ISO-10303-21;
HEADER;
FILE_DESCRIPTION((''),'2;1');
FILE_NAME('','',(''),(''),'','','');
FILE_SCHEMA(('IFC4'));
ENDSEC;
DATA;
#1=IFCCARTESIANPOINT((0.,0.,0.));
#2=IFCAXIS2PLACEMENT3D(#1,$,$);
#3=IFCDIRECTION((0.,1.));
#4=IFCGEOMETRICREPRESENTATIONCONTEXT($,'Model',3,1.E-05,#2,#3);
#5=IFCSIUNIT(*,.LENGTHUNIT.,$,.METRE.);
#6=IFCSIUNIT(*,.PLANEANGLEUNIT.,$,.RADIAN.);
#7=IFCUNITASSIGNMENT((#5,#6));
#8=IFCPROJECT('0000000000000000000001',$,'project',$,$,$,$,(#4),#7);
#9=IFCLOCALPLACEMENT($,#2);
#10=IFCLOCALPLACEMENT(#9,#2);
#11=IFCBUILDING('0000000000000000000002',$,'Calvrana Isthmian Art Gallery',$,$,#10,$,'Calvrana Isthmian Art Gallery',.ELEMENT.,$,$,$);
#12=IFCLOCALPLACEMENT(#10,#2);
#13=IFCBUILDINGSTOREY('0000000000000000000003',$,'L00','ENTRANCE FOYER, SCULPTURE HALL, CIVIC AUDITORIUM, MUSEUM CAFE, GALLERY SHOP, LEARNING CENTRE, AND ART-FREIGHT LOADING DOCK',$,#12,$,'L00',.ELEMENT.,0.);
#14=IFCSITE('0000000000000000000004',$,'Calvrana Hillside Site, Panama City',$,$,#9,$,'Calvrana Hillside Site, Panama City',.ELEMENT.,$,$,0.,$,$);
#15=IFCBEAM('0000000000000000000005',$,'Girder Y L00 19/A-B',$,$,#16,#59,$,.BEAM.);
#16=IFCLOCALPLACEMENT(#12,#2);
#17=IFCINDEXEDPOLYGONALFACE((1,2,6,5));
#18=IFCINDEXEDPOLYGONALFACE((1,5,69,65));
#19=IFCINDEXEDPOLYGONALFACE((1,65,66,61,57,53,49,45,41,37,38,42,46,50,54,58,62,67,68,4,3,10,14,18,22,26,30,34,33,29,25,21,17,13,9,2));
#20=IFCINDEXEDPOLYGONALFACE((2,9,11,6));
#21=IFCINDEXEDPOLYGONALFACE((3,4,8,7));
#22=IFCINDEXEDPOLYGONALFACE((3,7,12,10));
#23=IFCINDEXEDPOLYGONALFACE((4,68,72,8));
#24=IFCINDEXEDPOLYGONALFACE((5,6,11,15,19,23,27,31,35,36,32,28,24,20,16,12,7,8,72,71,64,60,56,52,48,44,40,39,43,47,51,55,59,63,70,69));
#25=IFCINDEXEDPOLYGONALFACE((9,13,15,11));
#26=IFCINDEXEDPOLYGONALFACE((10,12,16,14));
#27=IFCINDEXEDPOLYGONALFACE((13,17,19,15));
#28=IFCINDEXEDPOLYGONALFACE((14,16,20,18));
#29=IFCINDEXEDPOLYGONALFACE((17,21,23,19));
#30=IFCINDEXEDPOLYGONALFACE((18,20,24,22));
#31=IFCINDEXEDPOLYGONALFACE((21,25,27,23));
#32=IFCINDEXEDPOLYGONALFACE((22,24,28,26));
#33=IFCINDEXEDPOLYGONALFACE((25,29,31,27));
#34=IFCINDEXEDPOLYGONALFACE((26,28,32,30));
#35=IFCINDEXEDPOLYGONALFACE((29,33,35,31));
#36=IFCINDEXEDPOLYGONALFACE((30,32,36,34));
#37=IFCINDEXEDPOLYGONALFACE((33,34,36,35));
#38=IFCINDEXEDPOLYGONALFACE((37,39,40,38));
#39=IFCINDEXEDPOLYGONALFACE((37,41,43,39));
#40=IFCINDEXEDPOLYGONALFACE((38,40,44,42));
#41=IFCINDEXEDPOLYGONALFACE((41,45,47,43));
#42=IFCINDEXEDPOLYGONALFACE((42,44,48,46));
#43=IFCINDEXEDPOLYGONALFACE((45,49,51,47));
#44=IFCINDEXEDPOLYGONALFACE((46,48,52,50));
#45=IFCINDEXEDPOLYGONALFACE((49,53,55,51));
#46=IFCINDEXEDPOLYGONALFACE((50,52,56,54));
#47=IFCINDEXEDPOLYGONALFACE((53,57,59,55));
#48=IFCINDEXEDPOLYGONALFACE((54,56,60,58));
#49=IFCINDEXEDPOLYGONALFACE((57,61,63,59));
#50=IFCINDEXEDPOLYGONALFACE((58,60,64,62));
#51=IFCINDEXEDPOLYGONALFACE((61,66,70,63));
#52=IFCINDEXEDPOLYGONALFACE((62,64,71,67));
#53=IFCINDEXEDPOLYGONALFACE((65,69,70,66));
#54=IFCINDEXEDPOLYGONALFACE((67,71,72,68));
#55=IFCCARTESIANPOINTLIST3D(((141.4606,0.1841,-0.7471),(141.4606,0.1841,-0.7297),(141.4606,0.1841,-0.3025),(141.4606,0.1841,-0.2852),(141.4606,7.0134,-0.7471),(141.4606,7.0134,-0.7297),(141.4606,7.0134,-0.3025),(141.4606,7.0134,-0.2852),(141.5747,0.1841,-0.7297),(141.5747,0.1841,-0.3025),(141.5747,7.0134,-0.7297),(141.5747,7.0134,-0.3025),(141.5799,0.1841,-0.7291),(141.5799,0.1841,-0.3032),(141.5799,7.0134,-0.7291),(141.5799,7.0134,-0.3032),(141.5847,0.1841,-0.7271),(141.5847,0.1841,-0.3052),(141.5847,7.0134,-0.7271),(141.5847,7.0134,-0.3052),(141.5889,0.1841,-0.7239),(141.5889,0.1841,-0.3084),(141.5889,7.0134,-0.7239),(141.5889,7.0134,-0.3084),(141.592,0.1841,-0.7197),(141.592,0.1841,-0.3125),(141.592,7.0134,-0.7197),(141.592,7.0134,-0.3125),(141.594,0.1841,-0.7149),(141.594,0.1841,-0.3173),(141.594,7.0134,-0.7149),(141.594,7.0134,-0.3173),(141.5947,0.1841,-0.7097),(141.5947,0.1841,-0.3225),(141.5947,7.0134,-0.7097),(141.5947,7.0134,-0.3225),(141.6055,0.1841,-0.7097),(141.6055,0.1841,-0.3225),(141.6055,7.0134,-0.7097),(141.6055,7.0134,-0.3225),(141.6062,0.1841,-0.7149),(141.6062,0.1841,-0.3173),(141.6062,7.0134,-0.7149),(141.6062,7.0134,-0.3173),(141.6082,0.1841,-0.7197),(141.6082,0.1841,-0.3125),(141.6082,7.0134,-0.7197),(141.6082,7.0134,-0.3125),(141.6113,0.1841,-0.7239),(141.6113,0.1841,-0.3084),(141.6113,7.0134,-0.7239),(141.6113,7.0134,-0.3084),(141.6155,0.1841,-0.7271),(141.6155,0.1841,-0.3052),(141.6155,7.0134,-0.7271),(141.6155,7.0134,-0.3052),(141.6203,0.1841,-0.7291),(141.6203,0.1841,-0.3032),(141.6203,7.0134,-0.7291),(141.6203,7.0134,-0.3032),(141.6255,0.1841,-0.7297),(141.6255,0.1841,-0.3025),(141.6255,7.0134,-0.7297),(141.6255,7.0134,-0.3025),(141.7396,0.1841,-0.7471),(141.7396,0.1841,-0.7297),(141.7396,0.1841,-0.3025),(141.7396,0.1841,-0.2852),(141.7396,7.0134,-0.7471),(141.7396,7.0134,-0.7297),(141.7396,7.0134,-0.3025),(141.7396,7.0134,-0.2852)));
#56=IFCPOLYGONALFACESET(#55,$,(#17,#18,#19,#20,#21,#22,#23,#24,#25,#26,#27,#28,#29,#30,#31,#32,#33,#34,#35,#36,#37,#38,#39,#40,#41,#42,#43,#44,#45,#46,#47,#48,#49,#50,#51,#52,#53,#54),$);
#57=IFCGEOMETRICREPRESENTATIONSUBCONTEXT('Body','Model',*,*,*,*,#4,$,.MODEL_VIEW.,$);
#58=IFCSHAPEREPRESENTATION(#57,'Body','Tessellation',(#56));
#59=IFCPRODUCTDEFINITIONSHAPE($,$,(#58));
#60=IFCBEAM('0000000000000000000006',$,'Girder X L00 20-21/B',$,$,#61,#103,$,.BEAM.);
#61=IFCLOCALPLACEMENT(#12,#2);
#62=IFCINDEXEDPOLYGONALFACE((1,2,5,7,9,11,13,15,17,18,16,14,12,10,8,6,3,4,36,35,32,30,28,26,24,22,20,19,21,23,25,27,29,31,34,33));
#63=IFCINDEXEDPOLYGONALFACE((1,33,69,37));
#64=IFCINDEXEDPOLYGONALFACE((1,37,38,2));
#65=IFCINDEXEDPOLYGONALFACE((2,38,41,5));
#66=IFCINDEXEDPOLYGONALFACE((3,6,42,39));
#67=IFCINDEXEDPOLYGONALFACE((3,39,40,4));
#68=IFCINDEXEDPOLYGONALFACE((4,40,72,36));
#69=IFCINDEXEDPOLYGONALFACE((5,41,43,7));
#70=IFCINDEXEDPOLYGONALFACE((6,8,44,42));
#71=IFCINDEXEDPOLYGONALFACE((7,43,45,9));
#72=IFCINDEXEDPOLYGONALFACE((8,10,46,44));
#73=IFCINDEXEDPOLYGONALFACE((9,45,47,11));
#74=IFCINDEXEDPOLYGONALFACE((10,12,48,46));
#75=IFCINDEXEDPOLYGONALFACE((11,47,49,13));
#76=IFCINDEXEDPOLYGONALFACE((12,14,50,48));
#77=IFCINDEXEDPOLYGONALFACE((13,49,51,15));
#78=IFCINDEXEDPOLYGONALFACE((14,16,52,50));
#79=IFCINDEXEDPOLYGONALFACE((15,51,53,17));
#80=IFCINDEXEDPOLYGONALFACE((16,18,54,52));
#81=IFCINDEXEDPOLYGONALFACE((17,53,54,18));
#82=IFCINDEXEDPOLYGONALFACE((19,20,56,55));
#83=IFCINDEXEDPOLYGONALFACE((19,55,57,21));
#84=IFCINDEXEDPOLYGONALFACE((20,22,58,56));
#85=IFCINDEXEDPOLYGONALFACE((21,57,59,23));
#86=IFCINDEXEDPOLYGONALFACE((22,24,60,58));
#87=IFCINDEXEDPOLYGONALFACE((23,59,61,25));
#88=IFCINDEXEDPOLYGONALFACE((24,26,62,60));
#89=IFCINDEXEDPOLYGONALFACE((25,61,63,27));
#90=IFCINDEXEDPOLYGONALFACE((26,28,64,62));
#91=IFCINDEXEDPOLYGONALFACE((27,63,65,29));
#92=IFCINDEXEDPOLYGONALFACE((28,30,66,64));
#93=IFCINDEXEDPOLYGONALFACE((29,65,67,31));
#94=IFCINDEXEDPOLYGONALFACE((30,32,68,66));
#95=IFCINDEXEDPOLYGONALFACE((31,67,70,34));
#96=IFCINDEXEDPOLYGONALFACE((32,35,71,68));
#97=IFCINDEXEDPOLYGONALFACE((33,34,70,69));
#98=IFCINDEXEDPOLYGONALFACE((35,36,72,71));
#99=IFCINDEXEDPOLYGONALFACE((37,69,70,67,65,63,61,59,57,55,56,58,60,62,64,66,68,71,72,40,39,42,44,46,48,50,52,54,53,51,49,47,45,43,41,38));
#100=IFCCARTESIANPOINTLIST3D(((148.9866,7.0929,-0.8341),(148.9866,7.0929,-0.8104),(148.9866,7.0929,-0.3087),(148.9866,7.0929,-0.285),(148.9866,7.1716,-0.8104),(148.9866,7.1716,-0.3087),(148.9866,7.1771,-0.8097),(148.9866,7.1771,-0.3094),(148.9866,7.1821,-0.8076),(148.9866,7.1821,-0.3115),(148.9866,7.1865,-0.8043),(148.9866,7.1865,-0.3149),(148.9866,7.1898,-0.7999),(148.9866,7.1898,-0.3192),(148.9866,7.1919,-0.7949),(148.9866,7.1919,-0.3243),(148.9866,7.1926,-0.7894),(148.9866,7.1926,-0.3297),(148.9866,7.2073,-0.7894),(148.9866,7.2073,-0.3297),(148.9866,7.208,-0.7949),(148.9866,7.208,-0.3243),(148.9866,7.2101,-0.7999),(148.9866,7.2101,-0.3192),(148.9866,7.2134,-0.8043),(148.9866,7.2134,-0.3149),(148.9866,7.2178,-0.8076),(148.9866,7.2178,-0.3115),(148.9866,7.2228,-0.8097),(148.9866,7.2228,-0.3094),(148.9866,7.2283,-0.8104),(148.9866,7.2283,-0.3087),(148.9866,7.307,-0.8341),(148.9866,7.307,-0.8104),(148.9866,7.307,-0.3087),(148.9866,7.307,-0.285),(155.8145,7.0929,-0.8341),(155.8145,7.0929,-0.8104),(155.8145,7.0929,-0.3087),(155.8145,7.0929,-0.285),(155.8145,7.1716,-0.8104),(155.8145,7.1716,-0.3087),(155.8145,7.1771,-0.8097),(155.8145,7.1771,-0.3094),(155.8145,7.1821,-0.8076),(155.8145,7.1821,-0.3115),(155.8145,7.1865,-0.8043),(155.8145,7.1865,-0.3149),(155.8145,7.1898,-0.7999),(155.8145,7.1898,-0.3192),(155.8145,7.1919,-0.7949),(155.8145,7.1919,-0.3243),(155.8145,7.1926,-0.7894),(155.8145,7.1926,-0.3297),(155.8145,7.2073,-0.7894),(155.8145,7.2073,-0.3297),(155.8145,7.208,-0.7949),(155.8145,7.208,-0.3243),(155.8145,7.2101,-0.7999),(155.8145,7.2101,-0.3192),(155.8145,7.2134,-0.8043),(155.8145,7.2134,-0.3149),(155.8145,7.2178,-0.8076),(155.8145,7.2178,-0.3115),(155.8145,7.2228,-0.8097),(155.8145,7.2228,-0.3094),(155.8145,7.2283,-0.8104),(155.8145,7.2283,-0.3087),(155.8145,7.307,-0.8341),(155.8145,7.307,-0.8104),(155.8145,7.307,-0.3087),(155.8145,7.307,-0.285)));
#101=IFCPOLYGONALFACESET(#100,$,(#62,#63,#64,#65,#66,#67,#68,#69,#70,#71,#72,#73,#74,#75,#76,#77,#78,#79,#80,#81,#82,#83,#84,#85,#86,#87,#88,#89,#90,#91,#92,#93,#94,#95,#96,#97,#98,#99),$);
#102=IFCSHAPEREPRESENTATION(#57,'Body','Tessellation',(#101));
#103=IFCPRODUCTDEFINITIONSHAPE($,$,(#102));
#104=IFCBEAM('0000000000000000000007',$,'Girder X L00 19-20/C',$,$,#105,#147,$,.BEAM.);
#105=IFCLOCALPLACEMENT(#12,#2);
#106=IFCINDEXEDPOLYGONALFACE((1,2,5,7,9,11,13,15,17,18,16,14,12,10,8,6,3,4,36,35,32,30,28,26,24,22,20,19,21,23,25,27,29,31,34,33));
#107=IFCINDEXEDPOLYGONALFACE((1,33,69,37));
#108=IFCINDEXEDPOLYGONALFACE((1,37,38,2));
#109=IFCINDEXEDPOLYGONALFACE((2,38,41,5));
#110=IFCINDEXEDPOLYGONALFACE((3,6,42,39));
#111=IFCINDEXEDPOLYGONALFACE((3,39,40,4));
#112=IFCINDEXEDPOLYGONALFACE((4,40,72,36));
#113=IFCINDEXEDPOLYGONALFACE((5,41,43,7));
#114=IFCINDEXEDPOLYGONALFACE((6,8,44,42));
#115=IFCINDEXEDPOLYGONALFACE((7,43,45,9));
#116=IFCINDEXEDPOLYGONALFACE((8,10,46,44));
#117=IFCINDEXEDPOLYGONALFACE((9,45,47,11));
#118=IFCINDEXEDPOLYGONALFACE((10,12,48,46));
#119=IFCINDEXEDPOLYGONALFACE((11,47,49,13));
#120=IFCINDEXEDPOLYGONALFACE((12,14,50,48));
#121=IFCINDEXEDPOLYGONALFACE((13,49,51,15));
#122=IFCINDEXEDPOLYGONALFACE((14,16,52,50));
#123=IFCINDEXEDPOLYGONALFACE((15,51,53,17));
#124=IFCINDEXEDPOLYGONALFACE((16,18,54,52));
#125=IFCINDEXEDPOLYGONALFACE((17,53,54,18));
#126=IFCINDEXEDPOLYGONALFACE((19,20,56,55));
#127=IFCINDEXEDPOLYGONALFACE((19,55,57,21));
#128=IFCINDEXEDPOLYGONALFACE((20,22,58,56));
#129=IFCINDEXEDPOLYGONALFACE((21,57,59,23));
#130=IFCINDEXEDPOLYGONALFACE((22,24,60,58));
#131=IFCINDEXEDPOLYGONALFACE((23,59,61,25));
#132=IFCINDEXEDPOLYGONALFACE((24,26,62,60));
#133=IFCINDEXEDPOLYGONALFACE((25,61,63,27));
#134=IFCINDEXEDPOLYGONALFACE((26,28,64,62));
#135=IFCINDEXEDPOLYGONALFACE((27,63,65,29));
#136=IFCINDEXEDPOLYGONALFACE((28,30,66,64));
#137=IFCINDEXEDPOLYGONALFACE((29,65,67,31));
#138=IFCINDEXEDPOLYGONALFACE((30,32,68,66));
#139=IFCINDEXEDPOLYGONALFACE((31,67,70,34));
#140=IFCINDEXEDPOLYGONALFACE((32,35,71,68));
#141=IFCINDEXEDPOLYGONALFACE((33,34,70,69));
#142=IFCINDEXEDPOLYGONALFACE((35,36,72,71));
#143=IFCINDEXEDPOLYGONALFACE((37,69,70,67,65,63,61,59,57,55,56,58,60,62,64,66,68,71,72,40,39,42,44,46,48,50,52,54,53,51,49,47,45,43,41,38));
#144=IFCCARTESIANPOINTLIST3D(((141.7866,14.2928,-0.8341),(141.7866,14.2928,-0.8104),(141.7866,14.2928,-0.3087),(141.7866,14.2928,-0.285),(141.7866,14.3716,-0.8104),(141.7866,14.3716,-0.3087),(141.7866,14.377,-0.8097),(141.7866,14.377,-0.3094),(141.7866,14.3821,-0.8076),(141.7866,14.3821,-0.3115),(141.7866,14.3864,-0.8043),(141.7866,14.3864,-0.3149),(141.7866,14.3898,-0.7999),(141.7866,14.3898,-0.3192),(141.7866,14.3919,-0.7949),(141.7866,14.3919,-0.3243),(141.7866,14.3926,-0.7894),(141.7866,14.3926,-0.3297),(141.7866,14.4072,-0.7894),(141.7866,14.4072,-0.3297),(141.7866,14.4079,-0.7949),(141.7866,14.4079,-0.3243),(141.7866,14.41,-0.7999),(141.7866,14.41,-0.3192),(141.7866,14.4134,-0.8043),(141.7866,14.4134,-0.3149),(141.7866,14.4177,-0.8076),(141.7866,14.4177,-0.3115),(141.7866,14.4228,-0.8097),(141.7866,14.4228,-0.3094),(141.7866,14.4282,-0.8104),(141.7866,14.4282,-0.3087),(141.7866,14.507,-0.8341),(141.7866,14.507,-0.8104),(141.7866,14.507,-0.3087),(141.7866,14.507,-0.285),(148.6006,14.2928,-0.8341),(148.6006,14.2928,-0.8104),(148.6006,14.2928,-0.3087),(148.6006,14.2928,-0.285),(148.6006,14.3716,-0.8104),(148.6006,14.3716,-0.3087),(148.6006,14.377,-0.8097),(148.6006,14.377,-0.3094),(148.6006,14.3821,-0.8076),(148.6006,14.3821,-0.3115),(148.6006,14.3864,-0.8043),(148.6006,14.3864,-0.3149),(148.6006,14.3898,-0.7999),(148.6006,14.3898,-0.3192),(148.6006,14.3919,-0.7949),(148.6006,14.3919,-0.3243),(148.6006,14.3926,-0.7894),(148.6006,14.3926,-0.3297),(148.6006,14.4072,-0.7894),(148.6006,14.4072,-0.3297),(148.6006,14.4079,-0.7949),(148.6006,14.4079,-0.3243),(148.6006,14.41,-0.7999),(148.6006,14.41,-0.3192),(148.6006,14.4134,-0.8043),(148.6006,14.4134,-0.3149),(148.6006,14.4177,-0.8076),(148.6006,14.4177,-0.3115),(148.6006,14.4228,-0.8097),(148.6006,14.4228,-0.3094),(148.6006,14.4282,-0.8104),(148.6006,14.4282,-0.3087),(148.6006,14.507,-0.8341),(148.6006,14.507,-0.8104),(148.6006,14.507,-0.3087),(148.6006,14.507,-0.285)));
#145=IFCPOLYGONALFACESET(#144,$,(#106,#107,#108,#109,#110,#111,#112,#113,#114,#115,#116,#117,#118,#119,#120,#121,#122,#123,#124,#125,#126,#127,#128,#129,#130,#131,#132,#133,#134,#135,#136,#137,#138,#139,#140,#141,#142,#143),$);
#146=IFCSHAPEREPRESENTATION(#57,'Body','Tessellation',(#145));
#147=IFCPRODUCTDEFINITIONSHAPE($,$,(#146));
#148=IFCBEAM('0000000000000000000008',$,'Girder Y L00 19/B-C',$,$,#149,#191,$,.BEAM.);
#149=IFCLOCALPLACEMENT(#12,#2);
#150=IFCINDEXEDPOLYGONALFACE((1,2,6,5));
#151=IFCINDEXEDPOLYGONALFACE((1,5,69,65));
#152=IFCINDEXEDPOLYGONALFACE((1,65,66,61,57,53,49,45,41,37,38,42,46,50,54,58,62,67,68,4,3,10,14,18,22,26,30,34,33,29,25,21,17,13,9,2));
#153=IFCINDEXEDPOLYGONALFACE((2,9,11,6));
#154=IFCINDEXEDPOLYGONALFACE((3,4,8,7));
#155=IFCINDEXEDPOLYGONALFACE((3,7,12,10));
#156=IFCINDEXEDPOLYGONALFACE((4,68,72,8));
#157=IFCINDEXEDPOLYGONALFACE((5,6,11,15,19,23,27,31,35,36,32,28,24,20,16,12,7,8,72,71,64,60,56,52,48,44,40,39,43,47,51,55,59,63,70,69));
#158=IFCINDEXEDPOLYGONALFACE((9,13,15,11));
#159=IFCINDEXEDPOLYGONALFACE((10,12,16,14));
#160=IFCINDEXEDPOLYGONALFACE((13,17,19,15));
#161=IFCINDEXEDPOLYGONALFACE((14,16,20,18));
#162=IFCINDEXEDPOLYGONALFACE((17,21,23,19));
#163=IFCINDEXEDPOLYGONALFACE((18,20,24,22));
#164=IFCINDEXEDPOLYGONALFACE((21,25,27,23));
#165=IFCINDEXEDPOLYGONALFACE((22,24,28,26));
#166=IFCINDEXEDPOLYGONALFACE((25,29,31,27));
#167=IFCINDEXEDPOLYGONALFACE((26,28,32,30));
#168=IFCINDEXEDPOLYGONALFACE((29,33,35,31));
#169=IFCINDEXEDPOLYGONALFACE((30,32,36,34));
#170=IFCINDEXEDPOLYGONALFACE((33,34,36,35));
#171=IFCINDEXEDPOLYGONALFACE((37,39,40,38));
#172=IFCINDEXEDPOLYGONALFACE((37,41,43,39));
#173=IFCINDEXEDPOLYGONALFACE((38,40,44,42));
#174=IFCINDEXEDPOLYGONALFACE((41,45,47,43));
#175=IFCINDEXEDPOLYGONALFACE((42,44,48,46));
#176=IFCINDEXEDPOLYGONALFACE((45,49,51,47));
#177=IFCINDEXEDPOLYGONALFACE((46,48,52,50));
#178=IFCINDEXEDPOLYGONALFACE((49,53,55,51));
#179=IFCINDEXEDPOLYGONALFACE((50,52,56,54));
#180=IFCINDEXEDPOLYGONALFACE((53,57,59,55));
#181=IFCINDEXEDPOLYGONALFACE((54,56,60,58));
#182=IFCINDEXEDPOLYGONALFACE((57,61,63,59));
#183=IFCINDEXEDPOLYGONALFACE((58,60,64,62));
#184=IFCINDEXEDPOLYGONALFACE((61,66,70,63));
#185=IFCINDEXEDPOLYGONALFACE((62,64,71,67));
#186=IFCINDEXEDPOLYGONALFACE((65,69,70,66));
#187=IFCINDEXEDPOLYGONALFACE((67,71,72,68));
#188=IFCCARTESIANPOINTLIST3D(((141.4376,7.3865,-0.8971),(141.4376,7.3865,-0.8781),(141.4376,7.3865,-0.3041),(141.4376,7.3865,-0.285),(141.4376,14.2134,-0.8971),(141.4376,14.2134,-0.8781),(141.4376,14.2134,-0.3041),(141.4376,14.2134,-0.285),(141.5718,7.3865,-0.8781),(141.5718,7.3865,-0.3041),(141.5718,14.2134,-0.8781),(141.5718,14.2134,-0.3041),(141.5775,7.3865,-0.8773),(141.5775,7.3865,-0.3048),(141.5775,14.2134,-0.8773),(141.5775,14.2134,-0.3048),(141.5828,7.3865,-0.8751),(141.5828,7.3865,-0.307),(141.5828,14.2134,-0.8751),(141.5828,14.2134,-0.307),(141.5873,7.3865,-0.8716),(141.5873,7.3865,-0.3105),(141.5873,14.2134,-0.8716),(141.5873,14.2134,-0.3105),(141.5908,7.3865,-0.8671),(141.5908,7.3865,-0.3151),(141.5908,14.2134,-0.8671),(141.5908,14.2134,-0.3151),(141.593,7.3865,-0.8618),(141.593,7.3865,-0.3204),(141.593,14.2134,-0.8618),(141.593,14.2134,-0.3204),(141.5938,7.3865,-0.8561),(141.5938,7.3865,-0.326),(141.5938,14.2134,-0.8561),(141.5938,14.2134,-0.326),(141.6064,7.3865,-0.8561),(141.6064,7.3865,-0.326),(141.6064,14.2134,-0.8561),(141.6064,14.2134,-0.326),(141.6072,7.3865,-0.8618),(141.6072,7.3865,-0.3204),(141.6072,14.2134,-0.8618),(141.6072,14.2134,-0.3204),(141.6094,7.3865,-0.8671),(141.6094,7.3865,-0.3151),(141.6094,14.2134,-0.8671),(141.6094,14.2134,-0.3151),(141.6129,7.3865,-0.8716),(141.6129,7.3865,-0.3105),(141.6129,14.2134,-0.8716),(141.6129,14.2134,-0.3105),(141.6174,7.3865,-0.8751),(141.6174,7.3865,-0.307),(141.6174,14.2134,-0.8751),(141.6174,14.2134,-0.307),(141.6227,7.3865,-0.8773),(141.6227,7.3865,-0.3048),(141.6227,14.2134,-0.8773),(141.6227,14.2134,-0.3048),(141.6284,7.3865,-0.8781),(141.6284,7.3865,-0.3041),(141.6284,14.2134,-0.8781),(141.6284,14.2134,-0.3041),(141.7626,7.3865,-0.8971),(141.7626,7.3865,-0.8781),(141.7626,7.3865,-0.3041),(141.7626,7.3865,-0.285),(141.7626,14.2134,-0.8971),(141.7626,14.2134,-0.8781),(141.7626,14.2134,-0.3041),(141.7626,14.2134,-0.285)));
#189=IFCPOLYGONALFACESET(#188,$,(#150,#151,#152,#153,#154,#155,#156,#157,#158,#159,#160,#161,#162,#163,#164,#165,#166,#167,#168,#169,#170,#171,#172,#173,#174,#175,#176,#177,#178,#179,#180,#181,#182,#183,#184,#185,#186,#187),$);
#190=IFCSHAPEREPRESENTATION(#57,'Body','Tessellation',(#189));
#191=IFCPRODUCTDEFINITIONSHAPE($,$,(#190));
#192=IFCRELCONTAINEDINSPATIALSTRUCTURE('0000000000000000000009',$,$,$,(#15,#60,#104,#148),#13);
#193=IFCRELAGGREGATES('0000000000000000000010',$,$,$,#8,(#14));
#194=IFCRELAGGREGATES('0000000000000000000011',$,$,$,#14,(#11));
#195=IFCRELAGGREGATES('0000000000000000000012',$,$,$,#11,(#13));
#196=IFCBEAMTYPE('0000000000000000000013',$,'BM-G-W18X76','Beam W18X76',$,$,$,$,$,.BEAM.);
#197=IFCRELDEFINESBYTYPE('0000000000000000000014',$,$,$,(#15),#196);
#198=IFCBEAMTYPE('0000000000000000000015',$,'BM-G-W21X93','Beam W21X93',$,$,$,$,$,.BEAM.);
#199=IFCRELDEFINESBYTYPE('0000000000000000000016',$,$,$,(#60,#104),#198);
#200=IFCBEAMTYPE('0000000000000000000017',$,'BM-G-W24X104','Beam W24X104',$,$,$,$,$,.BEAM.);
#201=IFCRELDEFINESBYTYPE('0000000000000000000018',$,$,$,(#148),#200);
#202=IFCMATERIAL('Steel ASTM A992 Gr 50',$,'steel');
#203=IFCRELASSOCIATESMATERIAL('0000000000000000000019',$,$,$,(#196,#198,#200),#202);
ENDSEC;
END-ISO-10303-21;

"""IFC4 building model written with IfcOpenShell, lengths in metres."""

from ifc_helpers import new_model, si_unit, direction, frame, origin, origin_2d, place, context, subcontext, project, spatial, i_section, extrude, material, material_profile, profile_set, type_object, element, save


model = new_model("IFC4")

# Units and contexts
model_context = context("Model", 3, precision=1e-05, world=origin(), true_north=direction((0.0, 1.0)))
body_context = subcontext(model_context, "Body", "Model", "MODEL_VIEW")
ifc_project = project(units=[si_unit("LENGTHUNIT", "METRE"), si_unit("PLANEANGLEUNIT", "RADIAN")], contexts=[model_context])

# Site, building, storey
site_placement = place(None, origin())
site = spatial("IfcSite", under=ifc_project, at=site_placement, Name="Calvrana Hillside Site, Panama City", LongName="Calvrana Hillside Site, Panama City", CompositionType="ELEMENT", RefElevation=0.0)
building_placement = place(site_placement, origin())
building = spatial("IfcBuilding", under=site, at=building_placement, Name="Calvrana Isthmian Art Gallery", LongName="Calvrana Isthmian Art Gallery", CompositionType="ELEMENT")
storey_placement = place(building_placement, origin())
storey = spatial("IfcBuildingStorey", under=building, at=storey_placement, Name="L00", Description="ENTRANCE FOYER, SCULPTURE HALL, CIVIC AUDITORIUM, MUSEUM CAFE, GALLERY SHOP, LEARNING CENTRE, AND ART-FREIGHT LOADING DOCK", LongName="L00", CompositionType="ELEMENT", Elevation=0.0)

# Shared definitions
ifc_material_1 = material(Name="Steel ASTM A992 Gr 50", Category="steel")

# Beams
ifc_material_profile_1 = material_profile(ifc_material_1, i_section(OverallWidth=0.2791, OverallDepth=0.4619, WebThickness=0.0107, FlangeThickness=0.0173, FilletRadius=0.02, at=origin_2d()), Name="W18X76")
ifc_profile_set_1 = profile_set([ifc_material_profile_1], Name="Steel ASTM A992 Gr 50")
beam_type_1 = type_object("IfcBeamType", Name="BM-G-W18X76", Description="Beam W18X76", PredefinedType="BEAM", material=ifc_profile_set_1)
beam_1_placement = place(storey_placement, frame((141.6001, 0.1841, -0.5161), z_axis=(0.0, 1.0, 0.0), x_axis=(-1.0, 0.0, 0.0)))
element("IfcBeam", 1, at=beam_1_placement, inside=storey, type_object=beam_type_1, Name="Girder Y L00 19/A-B", PredefinedType="BEAM", context=body_context, shape_type="SweptSolid", body=[
    extrude(i_section(OverallWidth=0.2791, OverallDepth=0.4619, WebThickness=0.0107, FlangeThickness=0.0173, FilletRadius=0.02, at=origin_2d()), origin(), (0.0, 0.0, 1.0), 6.8293),
])
ifc_material_profile_2 = material_profile(ifc_material_1, i_section(OverallWidth=0.2141, OverallDepth=0.5491, WebThickness=0.0146, FlangeThickness=0.0237, FilletRadius=0.021, at=origin_2d()), Name="W21X93")
ifc_profile_set_2 = profile_set([ifc_material_profile_2], Name="Steel ASTM A992 Gr 50")
beam_type_2 = type_object("IfcBeamType", Name="BM-G-W21X93", Description="Beam W21X93", PredefinedType="BEAM", material=ifc_profile_set_2)
beam_2_placement = place(storey_placement, frame((148.9866, 7.2, -0.5596), z_axis=(1.0, 0.0, 0.0), x_axis=(0.0, 1.0, 0.0)))
element("IfcBeam", 2, at=beam_2_placement, inside=storey, type_object=beam_type_2, Name="Girder X L00 20-21/B", PredefinedType="BEAM", context=body_context, shape_type="SweptSolid", body=[
    extrude(i_section(OverallWidth=0.2141, OverallDepth=0.5491, WebThickness=0.0146, FlangeThickness=0.0237, FilletRadius=0.021, at=origin_2d()), origin(), (0.0, 0.0, 1.0), 6.8279),
])
beam_3_placement = place(storey_placement, frame((141.7866, 14.3999, -0.5596), z_axis=(1.0, 0.0, 0.0), x_axis=(0.0, 1.0, 0.0)))
element("IfcBeam", 3, at=beam_3_placement, inside=storey, type_object=beam_type_2, Name="Girder X L00 19-20/C", PredefinedType="BEAM", context=body_context, shape_type="SweptSolid", body=[
    extrude(i_section(OverallWidth=0.2141, OverallDepth=0.5491, WebThickness=0.0146, FlangeThickness=0.0237, FilletRadius=0.021, at=origin_2d()), origin(), (0.0, 0.0, 1.0), 6.814),
])
ifc_material_profile_3 = material_profile(ifc_material_1, i_section(OverallWidth=0.325, OverallDepth=0.6121, WebThickness=0.0127, FlangeThickness=0.019, FilletRadius=0.022, at=origin_2d()), Name="W24X104")
ifc_profile_set_3 = profile_set([ifc_material_profile_3], Name="Steel ASTM A992 Gr 50")
beam_type_3 = type_object("IfcBeamType", Name="BM-G-W24X104", Description="Beam W24X104", PredefinedType="BEAM", material=ifc_profile_set_3)
beam_4_placement = place(storey_placement, frame((141.6001, 7.3865, -0.5911), z_axis=(0.0, 1.0, 0.0), x_axis=(-1.0, 0.0, 0.0)))
element("IfcBeam", 4, at=beam_4_placement, inside=storey, type_object=beam_type_3, Name="Girder Y L00 19/B-C", PredefinedType="BEAM", context=body_context, shape_type="SweptSolid", body=[
    extrude(i_section(OverallWidth=0.325, OverallDepth=0.6121, WebThickness=0.0127, FlangeThickness=0.019, FilletRadius=0.022, at=origin_2d()), origin(), (0.0, 0.0, 1.0), 6.8269),
])

save(model, "model.ifc")
